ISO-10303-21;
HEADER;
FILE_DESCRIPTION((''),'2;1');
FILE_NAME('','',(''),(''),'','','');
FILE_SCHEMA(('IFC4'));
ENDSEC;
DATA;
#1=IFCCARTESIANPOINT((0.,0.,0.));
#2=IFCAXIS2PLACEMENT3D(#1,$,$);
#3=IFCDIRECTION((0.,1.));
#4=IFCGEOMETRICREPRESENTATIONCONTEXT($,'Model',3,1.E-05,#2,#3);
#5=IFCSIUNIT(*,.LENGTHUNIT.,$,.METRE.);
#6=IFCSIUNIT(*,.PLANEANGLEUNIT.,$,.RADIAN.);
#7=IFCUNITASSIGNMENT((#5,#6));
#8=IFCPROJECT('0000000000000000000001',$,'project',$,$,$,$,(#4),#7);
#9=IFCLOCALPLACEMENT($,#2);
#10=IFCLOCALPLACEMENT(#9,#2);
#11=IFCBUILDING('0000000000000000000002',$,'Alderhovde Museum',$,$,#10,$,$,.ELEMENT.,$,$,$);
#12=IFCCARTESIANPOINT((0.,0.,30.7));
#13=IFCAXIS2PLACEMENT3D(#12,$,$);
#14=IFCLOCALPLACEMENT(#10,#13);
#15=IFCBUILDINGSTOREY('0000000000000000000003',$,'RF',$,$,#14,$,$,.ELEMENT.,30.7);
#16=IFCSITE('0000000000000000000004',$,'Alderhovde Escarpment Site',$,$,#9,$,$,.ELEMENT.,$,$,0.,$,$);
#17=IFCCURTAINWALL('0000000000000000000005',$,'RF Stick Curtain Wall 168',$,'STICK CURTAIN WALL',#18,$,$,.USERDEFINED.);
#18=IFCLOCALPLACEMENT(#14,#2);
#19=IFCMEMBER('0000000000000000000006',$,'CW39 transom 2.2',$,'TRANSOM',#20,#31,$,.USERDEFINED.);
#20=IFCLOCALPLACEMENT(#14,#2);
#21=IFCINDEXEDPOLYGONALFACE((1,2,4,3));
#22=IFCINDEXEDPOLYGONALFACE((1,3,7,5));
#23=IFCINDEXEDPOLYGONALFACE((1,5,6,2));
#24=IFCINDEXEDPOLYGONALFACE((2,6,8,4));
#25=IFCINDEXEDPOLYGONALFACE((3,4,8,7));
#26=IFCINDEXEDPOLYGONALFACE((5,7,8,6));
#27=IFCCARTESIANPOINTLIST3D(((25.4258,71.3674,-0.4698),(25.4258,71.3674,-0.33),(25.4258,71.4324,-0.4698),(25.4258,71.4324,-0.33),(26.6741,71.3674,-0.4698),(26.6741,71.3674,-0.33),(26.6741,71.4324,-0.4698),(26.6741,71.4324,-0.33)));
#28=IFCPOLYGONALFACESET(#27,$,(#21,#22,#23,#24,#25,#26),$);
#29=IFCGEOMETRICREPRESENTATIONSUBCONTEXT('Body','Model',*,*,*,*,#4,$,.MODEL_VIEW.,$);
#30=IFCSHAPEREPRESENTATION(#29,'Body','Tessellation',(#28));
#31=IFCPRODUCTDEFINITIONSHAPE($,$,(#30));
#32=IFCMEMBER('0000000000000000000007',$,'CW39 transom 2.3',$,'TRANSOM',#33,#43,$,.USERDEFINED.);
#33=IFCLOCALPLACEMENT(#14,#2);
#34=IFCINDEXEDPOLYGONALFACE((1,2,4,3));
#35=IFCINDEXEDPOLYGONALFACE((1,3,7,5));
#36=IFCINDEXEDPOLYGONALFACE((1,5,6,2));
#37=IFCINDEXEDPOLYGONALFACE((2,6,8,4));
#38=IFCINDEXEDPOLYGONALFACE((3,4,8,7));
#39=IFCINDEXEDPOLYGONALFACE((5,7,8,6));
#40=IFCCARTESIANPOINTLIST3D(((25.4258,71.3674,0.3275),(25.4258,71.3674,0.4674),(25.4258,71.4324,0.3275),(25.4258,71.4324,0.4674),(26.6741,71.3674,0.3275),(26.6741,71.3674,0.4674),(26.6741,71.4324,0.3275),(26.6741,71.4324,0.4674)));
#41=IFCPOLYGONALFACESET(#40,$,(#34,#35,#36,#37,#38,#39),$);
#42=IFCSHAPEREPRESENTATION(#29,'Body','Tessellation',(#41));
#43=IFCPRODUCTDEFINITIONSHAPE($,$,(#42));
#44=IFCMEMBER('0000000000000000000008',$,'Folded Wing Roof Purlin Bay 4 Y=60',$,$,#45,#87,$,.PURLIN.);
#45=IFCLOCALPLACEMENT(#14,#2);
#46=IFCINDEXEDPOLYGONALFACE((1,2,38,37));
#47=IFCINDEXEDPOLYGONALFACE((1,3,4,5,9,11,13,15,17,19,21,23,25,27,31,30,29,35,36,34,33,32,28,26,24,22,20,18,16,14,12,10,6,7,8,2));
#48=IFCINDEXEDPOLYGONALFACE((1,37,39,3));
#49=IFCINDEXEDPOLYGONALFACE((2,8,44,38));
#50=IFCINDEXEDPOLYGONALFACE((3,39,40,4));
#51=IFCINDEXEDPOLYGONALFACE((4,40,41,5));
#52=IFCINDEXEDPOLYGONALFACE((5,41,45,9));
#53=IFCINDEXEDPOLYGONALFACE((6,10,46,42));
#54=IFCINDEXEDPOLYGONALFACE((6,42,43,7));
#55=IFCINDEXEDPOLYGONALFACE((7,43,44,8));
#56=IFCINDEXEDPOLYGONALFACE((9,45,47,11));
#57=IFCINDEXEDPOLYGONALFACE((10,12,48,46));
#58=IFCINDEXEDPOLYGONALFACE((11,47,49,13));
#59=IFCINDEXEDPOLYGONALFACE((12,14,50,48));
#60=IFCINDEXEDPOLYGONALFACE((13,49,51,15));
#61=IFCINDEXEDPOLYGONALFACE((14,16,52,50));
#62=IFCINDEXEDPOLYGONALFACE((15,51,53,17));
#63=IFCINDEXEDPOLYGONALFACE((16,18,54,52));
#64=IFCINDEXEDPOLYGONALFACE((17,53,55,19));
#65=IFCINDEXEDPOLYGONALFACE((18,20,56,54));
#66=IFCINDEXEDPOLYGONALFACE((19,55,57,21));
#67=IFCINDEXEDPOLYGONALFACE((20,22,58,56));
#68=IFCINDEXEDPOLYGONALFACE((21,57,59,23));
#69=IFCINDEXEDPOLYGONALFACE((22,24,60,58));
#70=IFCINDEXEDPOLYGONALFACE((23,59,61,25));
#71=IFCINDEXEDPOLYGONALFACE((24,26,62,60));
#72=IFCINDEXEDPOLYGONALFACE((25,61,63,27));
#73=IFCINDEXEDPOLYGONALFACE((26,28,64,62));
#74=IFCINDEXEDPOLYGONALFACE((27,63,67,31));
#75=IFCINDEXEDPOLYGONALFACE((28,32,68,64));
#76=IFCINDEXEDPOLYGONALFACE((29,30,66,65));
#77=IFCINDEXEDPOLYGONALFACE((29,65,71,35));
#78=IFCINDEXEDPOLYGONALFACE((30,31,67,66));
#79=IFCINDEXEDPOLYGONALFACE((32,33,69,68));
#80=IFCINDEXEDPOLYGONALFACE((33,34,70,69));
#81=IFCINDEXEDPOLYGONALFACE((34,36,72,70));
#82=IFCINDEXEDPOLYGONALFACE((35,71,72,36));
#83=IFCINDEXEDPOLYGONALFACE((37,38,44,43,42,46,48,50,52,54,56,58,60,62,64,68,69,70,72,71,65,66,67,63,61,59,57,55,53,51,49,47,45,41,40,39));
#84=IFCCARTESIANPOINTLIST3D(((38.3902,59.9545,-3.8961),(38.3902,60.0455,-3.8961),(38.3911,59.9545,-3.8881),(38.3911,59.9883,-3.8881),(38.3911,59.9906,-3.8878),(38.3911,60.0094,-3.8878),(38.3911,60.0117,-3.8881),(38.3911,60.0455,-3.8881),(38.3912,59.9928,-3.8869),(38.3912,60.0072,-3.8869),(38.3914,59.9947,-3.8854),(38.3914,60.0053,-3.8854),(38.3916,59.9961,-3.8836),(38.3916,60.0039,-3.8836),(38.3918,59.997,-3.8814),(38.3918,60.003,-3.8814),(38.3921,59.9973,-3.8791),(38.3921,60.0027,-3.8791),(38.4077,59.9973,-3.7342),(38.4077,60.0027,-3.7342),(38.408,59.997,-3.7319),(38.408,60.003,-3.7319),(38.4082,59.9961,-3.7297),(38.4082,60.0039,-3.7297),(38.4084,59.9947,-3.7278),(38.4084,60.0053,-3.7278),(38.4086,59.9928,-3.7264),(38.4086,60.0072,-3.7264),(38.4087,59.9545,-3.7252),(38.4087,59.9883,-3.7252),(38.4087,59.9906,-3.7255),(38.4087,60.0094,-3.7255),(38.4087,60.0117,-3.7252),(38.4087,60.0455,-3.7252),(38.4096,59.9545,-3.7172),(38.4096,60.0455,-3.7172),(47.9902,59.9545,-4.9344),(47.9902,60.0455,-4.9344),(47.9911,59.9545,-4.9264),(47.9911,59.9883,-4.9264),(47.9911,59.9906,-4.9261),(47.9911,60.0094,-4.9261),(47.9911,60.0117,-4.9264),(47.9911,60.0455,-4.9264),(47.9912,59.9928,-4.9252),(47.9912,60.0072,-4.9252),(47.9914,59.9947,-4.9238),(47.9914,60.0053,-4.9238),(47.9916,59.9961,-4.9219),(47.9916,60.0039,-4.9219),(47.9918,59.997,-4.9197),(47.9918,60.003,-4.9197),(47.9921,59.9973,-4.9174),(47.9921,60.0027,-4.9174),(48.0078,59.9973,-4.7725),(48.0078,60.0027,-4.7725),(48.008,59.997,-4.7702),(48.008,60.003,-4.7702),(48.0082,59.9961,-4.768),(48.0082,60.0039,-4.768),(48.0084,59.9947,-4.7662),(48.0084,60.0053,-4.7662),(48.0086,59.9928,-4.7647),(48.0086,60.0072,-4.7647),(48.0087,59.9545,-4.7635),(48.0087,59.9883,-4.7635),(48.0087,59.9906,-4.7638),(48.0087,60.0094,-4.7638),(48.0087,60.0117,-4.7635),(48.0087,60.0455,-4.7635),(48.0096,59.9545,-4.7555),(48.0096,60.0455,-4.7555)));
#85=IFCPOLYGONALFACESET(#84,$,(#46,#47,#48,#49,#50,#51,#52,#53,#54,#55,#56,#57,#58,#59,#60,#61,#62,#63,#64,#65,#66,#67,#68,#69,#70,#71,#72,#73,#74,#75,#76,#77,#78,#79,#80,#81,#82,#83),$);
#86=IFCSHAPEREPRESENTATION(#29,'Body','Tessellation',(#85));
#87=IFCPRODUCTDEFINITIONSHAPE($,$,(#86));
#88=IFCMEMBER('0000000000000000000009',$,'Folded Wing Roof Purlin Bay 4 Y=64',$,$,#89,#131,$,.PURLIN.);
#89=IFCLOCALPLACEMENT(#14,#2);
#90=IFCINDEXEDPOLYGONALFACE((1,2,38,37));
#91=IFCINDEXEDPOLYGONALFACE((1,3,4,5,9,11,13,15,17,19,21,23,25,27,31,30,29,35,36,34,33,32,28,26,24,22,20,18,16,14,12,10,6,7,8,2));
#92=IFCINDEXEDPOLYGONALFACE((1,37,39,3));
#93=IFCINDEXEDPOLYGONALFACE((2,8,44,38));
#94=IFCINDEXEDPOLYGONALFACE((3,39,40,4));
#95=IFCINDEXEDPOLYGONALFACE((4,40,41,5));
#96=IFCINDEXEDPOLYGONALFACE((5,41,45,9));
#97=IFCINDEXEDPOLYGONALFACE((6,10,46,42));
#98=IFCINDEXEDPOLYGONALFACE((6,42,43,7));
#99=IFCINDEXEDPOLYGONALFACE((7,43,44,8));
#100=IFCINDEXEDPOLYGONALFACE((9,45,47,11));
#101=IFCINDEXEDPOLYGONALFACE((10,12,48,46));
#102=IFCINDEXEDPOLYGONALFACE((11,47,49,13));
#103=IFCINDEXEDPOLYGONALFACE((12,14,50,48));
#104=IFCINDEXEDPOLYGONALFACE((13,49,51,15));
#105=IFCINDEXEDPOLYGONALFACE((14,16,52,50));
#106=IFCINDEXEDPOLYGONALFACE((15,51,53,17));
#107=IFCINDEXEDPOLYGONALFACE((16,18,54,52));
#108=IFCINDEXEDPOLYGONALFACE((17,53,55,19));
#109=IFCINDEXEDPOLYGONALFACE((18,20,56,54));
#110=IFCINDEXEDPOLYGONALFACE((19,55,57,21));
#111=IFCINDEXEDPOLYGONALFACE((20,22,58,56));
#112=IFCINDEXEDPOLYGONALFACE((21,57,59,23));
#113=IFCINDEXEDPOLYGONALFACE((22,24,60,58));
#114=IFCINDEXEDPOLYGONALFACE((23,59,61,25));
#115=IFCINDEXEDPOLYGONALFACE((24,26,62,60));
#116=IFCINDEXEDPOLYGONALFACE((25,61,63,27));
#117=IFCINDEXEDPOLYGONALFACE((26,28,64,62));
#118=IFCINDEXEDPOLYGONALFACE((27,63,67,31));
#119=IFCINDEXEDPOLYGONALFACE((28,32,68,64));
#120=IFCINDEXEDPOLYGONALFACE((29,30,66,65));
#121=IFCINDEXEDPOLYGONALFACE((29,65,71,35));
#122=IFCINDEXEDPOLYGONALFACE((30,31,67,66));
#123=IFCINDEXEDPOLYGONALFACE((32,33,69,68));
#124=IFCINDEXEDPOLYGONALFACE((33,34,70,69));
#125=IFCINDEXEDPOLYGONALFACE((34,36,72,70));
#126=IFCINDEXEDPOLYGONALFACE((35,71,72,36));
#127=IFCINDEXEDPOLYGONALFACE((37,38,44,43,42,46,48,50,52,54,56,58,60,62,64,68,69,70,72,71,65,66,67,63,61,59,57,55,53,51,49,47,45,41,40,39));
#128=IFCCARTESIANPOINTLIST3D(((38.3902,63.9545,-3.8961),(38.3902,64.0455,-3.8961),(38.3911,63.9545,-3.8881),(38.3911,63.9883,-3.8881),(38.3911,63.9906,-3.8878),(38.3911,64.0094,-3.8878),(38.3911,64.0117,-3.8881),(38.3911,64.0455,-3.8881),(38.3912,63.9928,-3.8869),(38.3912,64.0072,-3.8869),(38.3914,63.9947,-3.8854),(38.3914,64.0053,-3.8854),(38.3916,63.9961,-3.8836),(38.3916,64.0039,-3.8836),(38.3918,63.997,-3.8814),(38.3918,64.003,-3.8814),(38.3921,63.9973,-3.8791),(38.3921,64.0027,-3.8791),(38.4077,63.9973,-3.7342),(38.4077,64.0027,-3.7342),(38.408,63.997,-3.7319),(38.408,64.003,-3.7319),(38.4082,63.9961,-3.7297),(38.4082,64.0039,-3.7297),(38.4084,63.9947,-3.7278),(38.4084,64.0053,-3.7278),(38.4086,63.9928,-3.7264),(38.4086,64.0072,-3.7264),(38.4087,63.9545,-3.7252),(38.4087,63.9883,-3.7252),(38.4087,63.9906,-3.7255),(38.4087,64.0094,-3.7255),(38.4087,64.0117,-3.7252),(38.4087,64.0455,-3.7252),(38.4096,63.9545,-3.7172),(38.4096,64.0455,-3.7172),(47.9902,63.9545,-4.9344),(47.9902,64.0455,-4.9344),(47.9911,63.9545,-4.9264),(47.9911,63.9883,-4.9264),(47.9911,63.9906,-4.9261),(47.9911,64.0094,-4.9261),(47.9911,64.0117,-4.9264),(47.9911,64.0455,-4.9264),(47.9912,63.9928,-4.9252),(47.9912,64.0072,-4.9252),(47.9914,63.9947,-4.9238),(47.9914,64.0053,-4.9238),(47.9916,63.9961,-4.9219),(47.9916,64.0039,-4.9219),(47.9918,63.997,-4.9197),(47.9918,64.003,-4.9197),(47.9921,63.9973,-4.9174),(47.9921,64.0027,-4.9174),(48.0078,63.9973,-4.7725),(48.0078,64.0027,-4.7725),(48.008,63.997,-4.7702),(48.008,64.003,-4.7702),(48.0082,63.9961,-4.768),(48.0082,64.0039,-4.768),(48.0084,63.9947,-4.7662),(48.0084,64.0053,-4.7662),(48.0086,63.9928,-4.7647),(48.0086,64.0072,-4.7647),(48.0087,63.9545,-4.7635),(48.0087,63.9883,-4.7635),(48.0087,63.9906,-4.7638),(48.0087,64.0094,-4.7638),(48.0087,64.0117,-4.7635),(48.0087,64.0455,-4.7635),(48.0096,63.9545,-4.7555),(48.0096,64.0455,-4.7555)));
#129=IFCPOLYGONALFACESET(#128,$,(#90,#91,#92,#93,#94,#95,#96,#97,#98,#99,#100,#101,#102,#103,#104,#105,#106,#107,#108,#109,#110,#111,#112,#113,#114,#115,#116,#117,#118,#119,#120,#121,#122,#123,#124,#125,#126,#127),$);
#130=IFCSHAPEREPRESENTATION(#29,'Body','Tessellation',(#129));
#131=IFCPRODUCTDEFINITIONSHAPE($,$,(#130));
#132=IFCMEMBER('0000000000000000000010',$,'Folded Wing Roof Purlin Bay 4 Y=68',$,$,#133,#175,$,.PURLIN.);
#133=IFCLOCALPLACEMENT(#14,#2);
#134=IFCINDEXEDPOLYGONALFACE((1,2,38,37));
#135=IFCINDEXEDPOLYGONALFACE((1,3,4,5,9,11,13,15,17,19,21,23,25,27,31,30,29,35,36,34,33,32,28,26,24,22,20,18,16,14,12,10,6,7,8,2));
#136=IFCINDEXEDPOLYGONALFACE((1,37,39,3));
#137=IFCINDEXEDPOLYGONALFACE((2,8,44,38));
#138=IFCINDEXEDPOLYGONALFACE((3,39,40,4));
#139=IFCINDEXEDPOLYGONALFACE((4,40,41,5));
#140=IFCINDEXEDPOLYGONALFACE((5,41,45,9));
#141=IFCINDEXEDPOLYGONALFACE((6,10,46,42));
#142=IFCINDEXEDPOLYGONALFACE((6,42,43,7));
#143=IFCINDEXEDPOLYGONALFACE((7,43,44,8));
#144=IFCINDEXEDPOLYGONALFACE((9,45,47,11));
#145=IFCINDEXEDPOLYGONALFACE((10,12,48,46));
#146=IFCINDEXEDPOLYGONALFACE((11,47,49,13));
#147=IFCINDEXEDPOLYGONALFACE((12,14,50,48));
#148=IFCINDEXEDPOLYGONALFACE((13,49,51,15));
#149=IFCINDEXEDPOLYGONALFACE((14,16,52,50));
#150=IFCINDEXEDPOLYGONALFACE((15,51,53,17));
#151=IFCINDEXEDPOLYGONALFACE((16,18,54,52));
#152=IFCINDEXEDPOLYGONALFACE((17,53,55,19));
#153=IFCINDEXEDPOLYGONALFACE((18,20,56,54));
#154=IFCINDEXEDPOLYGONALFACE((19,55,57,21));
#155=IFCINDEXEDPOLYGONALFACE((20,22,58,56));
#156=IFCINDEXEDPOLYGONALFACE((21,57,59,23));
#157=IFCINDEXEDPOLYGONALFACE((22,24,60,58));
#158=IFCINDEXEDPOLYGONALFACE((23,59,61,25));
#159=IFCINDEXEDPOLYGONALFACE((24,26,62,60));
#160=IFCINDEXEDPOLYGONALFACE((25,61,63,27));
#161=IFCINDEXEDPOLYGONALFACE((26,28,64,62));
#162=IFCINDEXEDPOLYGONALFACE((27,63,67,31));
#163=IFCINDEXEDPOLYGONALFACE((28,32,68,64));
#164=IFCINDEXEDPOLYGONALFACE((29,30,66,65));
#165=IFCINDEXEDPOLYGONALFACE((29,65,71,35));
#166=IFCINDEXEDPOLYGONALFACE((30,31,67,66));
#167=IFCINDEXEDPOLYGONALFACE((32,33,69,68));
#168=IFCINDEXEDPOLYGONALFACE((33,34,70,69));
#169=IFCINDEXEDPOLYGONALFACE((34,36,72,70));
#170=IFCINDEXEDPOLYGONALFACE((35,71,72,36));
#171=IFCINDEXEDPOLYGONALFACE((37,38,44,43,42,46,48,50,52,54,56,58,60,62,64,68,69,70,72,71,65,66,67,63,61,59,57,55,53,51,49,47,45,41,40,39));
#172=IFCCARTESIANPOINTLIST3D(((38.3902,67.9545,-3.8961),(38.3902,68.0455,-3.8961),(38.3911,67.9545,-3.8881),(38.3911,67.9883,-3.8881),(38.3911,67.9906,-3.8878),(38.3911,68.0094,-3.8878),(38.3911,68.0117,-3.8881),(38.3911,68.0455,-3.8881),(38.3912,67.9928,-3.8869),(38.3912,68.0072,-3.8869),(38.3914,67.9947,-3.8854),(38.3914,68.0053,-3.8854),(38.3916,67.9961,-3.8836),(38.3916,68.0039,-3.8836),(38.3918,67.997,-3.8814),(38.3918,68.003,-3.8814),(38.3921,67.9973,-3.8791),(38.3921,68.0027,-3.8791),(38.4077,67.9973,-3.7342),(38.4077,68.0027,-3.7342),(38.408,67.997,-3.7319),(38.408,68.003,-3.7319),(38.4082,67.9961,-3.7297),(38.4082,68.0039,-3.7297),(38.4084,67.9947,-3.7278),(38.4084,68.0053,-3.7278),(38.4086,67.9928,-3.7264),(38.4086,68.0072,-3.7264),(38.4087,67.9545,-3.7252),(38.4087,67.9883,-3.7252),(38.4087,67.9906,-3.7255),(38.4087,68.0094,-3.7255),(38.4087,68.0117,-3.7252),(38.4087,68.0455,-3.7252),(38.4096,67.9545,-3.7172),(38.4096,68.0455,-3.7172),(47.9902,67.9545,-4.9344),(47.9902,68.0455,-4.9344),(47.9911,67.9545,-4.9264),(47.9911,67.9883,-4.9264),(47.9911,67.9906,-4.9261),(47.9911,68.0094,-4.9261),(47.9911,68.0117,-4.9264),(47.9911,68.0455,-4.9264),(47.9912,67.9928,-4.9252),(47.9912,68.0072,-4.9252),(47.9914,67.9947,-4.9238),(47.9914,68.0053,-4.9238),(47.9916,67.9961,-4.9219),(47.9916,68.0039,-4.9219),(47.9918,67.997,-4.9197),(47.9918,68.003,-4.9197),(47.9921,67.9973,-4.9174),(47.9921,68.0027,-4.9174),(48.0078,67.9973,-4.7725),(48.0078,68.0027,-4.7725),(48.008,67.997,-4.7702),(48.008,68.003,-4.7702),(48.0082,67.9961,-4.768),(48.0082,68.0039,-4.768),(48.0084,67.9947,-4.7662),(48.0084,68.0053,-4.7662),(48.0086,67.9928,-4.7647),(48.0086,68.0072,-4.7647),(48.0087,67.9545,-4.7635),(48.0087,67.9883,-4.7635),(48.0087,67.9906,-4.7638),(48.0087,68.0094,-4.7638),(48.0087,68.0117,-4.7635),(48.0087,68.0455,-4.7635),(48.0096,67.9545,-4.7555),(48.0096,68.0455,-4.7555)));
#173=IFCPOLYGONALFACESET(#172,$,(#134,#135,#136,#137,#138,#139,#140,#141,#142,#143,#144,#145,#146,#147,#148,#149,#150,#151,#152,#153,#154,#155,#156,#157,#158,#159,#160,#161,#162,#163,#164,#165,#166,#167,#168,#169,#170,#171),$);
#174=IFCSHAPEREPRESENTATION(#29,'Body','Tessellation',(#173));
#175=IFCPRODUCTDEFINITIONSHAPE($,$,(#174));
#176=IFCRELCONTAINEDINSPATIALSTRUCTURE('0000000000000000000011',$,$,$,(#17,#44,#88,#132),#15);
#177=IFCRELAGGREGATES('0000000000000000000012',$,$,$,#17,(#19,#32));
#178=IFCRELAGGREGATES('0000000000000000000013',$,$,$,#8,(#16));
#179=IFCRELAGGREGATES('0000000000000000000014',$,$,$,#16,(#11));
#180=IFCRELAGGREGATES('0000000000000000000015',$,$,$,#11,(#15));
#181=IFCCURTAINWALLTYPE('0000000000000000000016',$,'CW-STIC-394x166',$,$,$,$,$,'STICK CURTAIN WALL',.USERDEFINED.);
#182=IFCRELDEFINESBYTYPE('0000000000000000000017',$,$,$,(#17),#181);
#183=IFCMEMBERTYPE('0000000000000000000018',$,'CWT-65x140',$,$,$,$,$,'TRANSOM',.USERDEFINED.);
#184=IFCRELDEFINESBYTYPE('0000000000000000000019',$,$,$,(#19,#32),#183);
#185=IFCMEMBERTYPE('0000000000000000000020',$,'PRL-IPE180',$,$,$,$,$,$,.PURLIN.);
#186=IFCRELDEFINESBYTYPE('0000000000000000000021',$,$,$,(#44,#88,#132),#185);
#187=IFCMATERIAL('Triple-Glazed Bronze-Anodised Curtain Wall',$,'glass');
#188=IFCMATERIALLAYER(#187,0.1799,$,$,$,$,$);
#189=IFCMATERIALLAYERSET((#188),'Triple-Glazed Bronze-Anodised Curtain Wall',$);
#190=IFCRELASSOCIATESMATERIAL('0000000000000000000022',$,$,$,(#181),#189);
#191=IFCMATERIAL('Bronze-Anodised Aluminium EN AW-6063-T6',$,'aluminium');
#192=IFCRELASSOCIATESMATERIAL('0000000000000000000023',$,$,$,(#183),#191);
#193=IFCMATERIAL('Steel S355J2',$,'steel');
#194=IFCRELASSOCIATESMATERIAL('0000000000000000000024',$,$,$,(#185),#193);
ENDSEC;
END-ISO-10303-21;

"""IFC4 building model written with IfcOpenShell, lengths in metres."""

from ifc_helpers import new_model, si_unit, direction, frame, origin, origin_2d, place, context, subcontext, project, spatial, rectangle, i_section, extrude, material, layer, layer_set, material_profile, profile_set, type_object, element, aggregate, save


model = new_model("IFC4")

# Units and contexts
model_context = context("Model", 3, precision=1e-05, world=origin(), true_north=direction((0.0, 1.0)))
body_context = subcontext(model_context, "Body", "Model", "MODEL_VIEW")
ifc_project = project(units=[si_unit("LENGTHUNIT", "METRE"), si_unit("PLANEANGLEUNIT", "RADIAN")], contexts=[model_context])

# Site, building, storey
site_placement = place(None, origin())
site = spatial("IfcSite", under=ifc_project, at=site_placement, Name="Alderhovde Escarpment Site", CompositionType="ELEMENT", RefElevation=0.0)
building_placement = place(site_placement, origin())
building = spatial("IfcBuilding", under=site, at=building_placement, Name="Alderhovde Museum", CompositionType="ELEMENT")
storey_placement = place(building_placement, frame((0.0, 0.0, 30.7)))
storey = spatial("IfcBuildingStorey", under=building, at=storey_placement, Name="RF", CompositionType="ELEMENT", Elevation=30.7)

# Shared definitions
ifc_material_1 = material(Name="Triple-Glazed Bronze-Anodised Curtain Wall", Category="glass")
ifc_layer_1 = layer(ifc_material_1, 0.1799)
ifc_layer_set_1 = layer_set([ifc_layer_1], Name="Triple-Glazed Bronze-Anodised Curtain Wall")
curtain_wall_type = type_object("IfcCurtainWallType", Name="CW-STIC-394x166", ElementType="STICK CURTAIN WALL", PredefinedType="USERDEFINED", material=ifc_layer_set_1)

# Curtain wall, members
curtain_wall_1_placement = place(storey_placement, origin())
curtain_wall_1 = element("IfcCurtainWall", 1, at=curtain_wall_1_placement, inside=storey, type_object=curtain_wall_type, Name="RF Stick Curtain Wall 168", ObjectType="STICK CURTAIN WALL", PredefinedType="USERDEFINED")
ifc_material_2 = material(Name="Bronze-Anodised Aluminium EN AW-6063-T6", Category="aluminium")
ifc_material_profile_1 = material_profile(ifc_material_2, rectangle(XDim=0.0649, YDim=0.1399, at=origin_2d()), Name="TRANSOM 65x140")
ifc_profile_set_1 = profile_set([ifc_material_profile_1], Name="Bronze-Anodised Aluminium EN AW-6063-T6")
member_type_1 = type_object("IfcMemberType", Name="CWT-65x140", ElementType="TRANSOM", PredefinedType="USERDEFINED", material=ifc_profile_set_1)
member_1_placement = place(storey_placement, frame((25.4258, 71.3999, -0.3999), z_axis=(1.0, 0.0, 0.0), x_axis=(0.0, 1.0, 0.0)))
member_1 = element("IfcMember", 2, at=member_1_placement, type_object=member_type_1, Name="CW39 transom 2.2", ObjectType="TRANSOM", PredefinedType="USERDEFINED", context=body_context, shape_type="SweptSolid", body=[
    extrude(rectangle(XDim=0.0649, YDim=0.1399, at=origin_2d()), origin(), (0.0, 0.0, 1.0), 1.2483),
])
member_2_placement = place(storey_placement, frame((25.4258, 71.3999, 0.3975), z_axis=(1.0, 0.0, 0.0), x_axis=(0.0, 1.0, 0.0)))
member_2 = element("IfcMember", 3, at=member_2_placement, type_object=member_type_1, Name="CW39 transom 2.3", ObjectType="TRANSOM", PredefinedType="USERDEFINED", context=body_context, shape_type="SweptSolid", body=[
    extrude(rectangle(XDim=0.0649, YDim=0.1399, at=origin_2d()), origin(), (0.0, 0.0, 1.0), 1.2483),
])

# Members
ifc_material_3 = material(Name="Steel S355J2", Category="steel")
ifc_material_profile_2 = material_profile(ifc_material_3, i_section(OverallWidth=0.0911, OverallDepth=0.1799, WebThickness=0.0054, FlangeThickness=0.0081, FilletRadius=0.009, at=origin_2d()), Name="IPE 180")
ifc_profile_set_2 = profile_set([ifc_material_profile_2], Name="Steel S355J2")
member_type_2 = type_object("IfcMemberType", Name="PRL-IPE180", PredefinedType="PURLIN", material=ifc_profile_set_2)
for number, where, z_axis, x_axis, name in (
    (4, (38.3999, 60.0, -3.8066), (0.994202, 0.0, -0.107531), (0.0, 1.0, 0.0), "Folded Wing Roof Purlin Bay 4 Y=60"),
    (5, (38.3999, 64.0, -3.8066), (0.994202, 0.0, -0.107531), (0.0, 1.0, 0.0), "Folded Wing Roof Purlin Bay 4 Y=64"),
    (6, (38.3999, 68.0, -3.8066), (0.994202, 0.0, -0.107531), (0.0, 1.0, 0.0), "Folded Wing Roof Purlin Bay 4 Y=68"),
):
    element("IfcMember", number, at=place(storey_placement, frame(where, z_axis=z_axis, x_axis=x_axis)), inside=storey, type_object=member_type_2, Name=name, PredefinedType="PURLIN", context=body_context, shape_type="SweptSolid", body=[
        extrude(i_section(OverallWidth=0.0911, OverallDepth=0.1799, WebThickness=0.0054, FlangeThickness=0.0081, FilletRadius=0.009, at=origin_2d()), origin(), (0.0, 0.0, 1.0), 9.656),
    ])

aggregate(curtain_wall_1, [member_1, member_2])

save(model, "model.ifc")
